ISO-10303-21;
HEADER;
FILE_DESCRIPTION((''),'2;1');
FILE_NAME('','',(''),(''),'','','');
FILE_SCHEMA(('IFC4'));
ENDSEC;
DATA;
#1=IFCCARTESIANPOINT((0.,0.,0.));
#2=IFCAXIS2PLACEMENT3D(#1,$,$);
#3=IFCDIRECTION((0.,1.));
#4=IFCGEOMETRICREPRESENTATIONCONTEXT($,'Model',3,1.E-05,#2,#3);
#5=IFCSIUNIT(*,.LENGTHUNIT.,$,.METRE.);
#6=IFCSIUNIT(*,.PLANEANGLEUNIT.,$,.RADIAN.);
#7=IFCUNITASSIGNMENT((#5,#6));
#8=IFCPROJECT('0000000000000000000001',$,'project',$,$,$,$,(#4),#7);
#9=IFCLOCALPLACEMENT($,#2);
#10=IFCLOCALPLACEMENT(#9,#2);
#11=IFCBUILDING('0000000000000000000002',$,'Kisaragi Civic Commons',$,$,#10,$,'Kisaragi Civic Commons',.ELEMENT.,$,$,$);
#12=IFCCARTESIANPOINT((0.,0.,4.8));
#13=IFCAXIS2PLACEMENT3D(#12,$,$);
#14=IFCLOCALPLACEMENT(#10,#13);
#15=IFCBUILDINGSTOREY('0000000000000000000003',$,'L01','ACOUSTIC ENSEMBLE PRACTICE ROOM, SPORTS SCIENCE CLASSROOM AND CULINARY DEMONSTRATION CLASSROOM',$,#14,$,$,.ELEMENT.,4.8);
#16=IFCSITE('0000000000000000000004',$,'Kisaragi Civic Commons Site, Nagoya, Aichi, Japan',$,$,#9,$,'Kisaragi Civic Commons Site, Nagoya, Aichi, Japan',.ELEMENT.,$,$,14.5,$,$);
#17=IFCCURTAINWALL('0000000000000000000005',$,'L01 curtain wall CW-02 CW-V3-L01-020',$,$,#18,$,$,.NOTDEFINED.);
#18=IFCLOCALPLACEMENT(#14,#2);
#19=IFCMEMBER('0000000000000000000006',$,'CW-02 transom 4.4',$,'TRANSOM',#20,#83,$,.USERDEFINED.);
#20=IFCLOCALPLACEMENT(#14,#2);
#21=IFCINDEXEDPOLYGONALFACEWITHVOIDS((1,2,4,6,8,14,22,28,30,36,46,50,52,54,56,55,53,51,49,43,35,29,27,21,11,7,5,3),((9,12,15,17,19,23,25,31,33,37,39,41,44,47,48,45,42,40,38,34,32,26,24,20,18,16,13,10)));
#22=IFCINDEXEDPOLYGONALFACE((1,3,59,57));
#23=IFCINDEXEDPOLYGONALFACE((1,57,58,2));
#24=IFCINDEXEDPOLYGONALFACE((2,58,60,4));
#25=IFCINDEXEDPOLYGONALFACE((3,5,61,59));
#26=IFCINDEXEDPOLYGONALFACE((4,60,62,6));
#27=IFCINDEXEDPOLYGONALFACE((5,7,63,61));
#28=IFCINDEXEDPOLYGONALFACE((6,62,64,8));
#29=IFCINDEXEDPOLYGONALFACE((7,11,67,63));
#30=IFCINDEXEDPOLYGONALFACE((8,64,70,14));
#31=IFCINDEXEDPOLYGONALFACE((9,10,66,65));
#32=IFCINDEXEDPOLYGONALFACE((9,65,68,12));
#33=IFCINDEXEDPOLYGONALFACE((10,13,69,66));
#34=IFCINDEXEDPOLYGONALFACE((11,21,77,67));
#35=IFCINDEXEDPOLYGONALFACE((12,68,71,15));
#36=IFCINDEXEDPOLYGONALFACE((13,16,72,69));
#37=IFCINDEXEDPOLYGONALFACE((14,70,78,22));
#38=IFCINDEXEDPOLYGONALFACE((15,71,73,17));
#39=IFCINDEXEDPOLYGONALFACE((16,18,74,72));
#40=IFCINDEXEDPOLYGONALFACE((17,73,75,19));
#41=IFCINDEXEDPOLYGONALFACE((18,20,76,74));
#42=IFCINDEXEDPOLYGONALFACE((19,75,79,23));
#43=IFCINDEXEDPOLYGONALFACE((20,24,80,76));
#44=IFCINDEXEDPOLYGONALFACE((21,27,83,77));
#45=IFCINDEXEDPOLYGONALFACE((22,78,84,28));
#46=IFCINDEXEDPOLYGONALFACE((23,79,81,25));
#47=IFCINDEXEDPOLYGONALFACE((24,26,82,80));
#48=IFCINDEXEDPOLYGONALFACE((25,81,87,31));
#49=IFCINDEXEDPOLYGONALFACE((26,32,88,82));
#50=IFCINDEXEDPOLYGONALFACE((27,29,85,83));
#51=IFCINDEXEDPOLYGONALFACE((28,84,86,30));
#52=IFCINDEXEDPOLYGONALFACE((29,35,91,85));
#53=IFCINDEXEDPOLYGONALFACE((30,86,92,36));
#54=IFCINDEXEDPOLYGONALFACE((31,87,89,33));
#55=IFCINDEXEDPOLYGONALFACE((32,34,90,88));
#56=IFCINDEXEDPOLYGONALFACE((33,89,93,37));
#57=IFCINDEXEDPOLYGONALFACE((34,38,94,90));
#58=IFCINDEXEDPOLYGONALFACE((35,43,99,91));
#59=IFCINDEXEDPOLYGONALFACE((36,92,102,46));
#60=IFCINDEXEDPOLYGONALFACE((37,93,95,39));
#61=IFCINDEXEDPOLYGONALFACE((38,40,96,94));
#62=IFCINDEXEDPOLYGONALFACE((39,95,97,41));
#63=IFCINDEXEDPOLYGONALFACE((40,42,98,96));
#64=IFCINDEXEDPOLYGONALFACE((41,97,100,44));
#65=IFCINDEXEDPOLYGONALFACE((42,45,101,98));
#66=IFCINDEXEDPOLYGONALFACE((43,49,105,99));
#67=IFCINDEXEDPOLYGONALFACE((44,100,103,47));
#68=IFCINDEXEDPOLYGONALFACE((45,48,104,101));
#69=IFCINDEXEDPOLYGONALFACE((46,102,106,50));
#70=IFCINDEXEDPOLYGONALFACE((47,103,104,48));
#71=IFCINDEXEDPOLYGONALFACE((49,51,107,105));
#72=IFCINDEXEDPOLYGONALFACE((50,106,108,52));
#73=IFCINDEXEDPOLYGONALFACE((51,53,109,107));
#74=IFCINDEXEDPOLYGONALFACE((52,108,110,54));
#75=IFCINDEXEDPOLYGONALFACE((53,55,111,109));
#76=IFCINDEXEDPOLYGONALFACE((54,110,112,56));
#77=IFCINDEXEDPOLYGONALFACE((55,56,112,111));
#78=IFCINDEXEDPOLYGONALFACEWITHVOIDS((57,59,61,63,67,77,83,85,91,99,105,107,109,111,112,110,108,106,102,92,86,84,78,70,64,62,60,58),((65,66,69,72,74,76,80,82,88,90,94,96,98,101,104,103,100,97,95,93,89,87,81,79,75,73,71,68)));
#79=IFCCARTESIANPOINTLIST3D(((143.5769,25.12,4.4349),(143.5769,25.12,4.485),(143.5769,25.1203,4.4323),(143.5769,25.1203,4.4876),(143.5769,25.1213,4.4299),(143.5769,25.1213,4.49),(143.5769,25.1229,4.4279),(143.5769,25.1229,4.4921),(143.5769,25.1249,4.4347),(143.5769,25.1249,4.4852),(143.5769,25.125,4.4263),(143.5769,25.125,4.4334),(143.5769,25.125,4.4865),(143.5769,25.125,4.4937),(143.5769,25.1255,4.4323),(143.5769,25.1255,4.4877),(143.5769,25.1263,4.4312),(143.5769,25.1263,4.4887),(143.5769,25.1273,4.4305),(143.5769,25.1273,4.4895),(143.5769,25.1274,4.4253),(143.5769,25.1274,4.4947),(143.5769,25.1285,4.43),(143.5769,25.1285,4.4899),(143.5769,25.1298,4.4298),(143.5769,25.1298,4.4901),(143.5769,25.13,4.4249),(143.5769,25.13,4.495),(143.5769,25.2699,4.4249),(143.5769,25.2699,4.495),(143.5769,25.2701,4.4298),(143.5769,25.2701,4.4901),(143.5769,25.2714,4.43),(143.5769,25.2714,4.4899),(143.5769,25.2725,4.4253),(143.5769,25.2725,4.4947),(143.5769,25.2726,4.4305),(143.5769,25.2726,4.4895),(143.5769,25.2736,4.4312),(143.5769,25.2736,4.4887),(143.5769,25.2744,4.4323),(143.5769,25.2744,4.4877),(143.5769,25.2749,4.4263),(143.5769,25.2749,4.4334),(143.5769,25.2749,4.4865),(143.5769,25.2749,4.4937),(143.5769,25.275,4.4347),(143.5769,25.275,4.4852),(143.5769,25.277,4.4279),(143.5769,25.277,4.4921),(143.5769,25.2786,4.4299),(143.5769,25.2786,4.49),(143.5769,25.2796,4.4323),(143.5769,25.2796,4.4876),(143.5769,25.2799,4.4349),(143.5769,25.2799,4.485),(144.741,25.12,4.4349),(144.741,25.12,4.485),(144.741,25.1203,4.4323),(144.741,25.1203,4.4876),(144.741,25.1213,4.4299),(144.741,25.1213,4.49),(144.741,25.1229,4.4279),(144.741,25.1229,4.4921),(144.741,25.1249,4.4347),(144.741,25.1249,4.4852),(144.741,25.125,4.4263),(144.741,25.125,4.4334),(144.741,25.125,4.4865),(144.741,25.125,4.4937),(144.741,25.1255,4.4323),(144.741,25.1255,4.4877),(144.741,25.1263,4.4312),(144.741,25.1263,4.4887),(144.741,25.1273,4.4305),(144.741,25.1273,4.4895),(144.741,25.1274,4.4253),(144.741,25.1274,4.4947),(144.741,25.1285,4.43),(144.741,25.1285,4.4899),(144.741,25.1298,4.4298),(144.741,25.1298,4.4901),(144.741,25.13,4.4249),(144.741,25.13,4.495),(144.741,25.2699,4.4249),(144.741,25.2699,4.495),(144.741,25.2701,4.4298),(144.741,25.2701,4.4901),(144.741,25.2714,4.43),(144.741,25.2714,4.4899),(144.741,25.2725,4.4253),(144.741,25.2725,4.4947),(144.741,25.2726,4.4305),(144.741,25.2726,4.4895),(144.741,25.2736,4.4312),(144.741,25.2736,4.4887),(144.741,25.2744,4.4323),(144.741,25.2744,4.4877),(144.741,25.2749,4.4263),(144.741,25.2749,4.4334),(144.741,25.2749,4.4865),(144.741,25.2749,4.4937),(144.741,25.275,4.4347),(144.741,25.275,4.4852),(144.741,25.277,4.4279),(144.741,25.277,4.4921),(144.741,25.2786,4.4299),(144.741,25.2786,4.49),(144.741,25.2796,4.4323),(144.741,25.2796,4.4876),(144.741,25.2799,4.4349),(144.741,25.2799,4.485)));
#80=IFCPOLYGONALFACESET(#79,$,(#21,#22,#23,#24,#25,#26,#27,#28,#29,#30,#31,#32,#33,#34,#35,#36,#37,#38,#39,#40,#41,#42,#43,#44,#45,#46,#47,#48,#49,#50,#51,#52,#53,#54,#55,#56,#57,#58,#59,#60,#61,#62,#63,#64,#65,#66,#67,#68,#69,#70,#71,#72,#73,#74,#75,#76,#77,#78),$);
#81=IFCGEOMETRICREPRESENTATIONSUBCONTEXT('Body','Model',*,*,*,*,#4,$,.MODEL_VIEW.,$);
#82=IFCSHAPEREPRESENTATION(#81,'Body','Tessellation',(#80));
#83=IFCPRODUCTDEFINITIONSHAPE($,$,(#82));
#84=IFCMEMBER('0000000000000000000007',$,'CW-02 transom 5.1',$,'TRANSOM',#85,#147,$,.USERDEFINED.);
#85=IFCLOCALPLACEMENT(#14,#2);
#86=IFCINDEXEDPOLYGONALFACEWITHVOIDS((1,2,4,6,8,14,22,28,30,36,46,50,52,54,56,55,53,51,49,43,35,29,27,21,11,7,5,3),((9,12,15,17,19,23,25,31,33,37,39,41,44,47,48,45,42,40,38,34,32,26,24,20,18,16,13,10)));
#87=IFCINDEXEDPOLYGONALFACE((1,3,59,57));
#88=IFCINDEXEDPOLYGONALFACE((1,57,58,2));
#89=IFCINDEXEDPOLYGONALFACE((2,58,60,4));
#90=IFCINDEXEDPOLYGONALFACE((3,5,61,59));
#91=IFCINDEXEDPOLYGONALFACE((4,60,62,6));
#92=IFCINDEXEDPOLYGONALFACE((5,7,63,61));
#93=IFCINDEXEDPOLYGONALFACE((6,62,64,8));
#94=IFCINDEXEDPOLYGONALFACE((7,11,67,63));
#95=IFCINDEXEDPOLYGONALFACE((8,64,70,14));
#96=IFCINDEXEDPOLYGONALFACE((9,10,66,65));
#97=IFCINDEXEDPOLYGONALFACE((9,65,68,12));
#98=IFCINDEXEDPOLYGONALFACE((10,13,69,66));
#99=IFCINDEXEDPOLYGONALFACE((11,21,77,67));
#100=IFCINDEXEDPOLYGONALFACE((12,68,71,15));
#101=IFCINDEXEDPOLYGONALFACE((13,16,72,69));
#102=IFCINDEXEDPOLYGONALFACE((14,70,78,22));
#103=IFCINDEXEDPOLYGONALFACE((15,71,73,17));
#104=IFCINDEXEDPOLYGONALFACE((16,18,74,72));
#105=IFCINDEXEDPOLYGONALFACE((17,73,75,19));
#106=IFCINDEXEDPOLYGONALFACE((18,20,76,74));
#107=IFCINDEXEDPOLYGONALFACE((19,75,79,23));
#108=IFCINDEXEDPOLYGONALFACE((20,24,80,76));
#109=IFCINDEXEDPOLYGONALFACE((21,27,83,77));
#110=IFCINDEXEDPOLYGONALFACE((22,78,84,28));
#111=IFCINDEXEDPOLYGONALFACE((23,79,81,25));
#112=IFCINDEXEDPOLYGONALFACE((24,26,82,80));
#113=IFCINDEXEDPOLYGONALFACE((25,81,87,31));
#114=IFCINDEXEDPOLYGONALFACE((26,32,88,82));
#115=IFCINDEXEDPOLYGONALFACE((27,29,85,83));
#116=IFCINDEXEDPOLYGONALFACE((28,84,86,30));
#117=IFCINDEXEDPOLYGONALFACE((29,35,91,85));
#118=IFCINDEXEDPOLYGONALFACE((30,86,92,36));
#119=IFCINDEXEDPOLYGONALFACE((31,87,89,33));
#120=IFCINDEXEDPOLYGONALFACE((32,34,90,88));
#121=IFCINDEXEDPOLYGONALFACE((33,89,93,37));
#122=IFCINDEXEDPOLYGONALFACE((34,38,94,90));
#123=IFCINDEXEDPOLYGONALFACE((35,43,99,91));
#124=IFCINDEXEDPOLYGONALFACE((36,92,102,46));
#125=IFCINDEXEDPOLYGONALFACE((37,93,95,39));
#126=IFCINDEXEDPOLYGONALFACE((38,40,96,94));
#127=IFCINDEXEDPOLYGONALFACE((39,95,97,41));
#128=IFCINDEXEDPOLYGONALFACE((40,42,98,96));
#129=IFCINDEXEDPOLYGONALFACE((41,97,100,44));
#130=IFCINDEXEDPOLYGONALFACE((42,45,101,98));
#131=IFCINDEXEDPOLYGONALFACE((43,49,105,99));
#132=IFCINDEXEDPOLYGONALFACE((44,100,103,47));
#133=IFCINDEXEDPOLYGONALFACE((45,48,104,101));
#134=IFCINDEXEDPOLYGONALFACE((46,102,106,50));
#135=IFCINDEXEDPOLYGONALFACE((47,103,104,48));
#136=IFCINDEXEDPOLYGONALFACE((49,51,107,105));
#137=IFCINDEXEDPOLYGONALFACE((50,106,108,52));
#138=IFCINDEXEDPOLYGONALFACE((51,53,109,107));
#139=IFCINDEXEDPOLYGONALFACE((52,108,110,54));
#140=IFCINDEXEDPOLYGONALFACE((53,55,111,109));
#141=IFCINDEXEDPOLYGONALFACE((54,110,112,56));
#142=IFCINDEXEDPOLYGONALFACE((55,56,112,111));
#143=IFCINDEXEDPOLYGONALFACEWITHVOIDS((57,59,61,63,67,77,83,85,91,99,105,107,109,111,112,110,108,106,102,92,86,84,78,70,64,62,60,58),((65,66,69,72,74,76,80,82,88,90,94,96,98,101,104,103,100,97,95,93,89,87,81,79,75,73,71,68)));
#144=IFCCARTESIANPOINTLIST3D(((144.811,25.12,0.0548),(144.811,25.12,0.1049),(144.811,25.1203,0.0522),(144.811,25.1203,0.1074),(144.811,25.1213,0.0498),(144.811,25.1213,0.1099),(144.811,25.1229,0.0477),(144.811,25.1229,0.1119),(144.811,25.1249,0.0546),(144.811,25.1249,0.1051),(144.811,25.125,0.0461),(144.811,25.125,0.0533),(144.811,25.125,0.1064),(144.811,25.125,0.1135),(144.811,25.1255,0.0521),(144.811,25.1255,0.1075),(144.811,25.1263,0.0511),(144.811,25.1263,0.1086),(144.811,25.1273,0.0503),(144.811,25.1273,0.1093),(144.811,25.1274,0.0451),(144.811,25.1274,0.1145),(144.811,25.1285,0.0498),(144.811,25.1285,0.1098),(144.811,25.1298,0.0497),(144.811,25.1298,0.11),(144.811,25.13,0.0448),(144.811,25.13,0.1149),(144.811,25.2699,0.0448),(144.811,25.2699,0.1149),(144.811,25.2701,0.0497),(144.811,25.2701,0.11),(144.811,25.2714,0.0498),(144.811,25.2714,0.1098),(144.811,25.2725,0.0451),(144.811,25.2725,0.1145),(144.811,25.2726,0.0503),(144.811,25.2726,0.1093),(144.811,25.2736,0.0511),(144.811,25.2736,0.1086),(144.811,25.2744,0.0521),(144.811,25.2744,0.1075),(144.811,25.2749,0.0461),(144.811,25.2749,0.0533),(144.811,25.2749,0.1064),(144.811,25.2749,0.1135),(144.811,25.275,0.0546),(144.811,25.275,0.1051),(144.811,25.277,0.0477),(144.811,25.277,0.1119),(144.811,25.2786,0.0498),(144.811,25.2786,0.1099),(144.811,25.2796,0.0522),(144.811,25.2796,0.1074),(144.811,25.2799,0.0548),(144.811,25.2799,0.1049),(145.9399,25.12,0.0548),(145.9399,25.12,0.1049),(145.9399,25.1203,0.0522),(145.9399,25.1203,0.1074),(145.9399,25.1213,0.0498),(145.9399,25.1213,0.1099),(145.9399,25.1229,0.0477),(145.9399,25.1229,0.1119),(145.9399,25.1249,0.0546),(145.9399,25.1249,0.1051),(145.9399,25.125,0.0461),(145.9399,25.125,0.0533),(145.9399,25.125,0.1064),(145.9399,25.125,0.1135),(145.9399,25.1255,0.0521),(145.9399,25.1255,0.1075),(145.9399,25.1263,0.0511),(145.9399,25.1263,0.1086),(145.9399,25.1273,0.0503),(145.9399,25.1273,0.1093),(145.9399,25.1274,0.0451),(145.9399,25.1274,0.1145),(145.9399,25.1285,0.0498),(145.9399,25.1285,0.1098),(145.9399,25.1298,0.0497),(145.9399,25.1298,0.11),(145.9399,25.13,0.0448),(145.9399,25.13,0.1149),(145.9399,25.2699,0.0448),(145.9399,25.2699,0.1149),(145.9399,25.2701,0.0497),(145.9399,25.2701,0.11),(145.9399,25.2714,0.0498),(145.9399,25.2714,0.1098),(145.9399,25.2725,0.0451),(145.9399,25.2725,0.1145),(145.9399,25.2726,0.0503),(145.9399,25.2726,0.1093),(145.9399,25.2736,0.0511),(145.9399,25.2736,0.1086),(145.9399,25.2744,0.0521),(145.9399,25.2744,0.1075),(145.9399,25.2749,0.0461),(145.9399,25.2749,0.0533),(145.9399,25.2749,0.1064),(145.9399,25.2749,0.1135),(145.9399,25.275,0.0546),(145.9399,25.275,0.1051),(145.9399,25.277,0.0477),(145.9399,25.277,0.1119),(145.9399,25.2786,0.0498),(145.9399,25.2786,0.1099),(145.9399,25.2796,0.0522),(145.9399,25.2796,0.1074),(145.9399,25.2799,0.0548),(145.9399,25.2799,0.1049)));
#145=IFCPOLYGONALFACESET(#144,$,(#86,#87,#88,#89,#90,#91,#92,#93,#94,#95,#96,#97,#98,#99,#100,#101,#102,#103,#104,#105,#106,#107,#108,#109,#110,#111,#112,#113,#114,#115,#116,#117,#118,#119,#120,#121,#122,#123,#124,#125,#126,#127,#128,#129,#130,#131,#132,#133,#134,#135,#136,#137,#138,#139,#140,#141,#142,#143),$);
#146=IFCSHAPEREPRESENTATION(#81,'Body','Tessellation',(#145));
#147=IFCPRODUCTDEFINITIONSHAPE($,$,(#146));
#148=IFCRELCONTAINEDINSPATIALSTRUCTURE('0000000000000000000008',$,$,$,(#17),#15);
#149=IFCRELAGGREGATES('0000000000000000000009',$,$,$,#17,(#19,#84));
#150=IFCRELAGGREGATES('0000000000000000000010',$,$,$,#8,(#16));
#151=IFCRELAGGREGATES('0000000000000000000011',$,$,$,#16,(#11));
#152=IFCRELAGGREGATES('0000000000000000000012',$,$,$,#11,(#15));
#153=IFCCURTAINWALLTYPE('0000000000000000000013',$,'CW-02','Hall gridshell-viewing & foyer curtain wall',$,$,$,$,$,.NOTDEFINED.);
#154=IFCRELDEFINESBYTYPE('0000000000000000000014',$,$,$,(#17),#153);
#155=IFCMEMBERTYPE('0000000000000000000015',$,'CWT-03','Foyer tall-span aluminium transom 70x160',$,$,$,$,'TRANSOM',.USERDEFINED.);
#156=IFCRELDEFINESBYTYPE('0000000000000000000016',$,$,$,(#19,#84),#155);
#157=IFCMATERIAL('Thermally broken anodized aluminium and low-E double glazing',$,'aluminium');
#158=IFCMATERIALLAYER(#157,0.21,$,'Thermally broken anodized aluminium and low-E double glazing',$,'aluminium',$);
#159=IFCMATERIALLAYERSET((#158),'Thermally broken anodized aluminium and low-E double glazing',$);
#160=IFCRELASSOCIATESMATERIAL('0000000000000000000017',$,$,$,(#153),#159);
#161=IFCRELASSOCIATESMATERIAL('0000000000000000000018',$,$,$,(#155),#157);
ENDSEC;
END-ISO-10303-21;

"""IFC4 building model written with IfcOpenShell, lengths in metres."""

from ifc_helpers import new_model, si_unit, direction, frame, origin, origin_2d, place, context, subcontext, project, spatial, hollow_rectangle, extrude, material, layer, layer_set, material_profile, profile_set, type_object, element, aggregate, save


model = new_model("IFC4")

# Units and contexts
model_context = context("Model", 3, precision=1e-05, world=origin(), true_north=direction((0.0, 1.0)))
body_context = subcontext(model_context, "Body", "Model", "MODEL_VIEW")
ifc_project = project(units=[si_unit("LENGTHUNIT", "METRE"), si_unit("PLANEANGLEUNIT", "RADIAN")], contexts=[model_context])

# Site, building, storey
site_placement = place(None, origin())
site = spatial("IfcSite", under=ifc_project, at=site_placement, Name="Kisaragi Civic Commons Site, Nagoya, Aichi, Japan", LongName="Kisaragi Civic Commons Site, Nagoya, Aichi, Japan", CompositionType="ELEMENT", RefElevation=14.5)
building_placement = place(site_placement, origin())
building = spatial("IfcBuilding", under=site, at=building_placement, Name="Kisaragi Civic Commons", LongName="Kisaragi Civic Commons", CompositionType="ELEMENT")
storey_placement = place(building_placement, frame((0.0, 0.0, 4.8)))
storey = spatial("IfcBuildingStorey", under=building, at=storey_placement, Name="L01", Description="ACOUSTIC ENSEMBLE PRACTICE ROOM, SPORTS SCIENCE CLASSROOM AND CULINARY DEMONSTRATION CLASSROOM", CompositionType="ELEMENT", Elevation=4.8)

# Curtain wall, members
ifc_material = material(Name="Thermally broken anodized aluminium and low-E double glazing", Category="aluminium")
ifc_layer_1 = layer(ifc_material, 0.21, Name="Thermally broken anodized aluminium and low-E double glazing", Category="aluminium")
ifc_layer_set_1 = layer_set([ifc_layer_1], Name="Thermally broken anodized aluminium and low-E double glazing")
curtain_wall_type = type_object("IfcCurtainWallType", Name="CW-02", Description="Hall gridshell-viewing & foyer curtain wall", PredefinedType="NOTDEFINED", material=ifc_layer_set_1)
curtain_wall_placement = place(storey_placement, origin())
curtain_wall = element("IfcCurtainWall", 1, at=curtain_wall_placement, inside=storey, type_object=curtain_wall_type, Name="L01 curtain wall CW-02 CW-V3-L01-020", PredefinedType="NOTDEFINED")
ifc_material_profile_1 = material_profile(ifc_material, hollow_rectangle(XDim=0.1599, YDim=0.0701, WallThickness=0.0049, InnerFilletRadius=0.0049, OuterFilletRadius=0.01, at=origin_2d()), Name="CWT-70x160x5", Category="aluminium")
ifc_profile_set_1 = profile_set([ifc_material_profile_1], Name="Thermally broken anodized aluminium and low-E double glazing")
member_type_1 = type_object("IfcMemberType", Name="CWT-03", Description="Foyer tall-span aluminium transom 70x160", ElementType="TRANSOM", PredefinedType="USERDEFINED", material=ifc_profile_set_1)
member_1_placement = place(storey_placement, frame((143.5769, 25.2, 4.46), z_axis=(1.0, 0.0, 0.0), x_axis=(0.0, 1.0, 0.0)))
member_1 = element("IfcMember", 2, at=member_1_placement, type_object=member_type_1, Name="CW-02 transom 4.4", ObjectType="TRANSOM", PredefinedType="USERDEFINED", context=body_context, shape_type="SweptSolid", body=[
    extrude(hollow_rectangle(XDim=0.1599, YDim=0.0701, WallThickness=0.0049, InnerFilletRadius=0.0049, OuterFilletRadius=0.01, at=origin_2d()), origin(), (0.0, 0.0, 1.0), 1.1641),
])
member_2_placement = place(storey_placement, frame((144.811, 25.2, 0.0798), z_axis=(1.0, 0.0, 0.0), x_axis=(0.0, 1.0, 0.0)))
member_2 = element("IfcMember", 3, at=member_2_placement, type_object=member_type_1, Name="CW-02 transom 5.1", ObjectType="TRANSOM", PredefinedType="USERDEFINED", context=body_context, shape_type="SweptSolid", body=[
    extrude(hollow_rectangle(XDim=0.1599, YDim=0.0701, WallThickness=0.0049, InnerFilletRadius=0.0049, OuterFilletRadius=0.01, at=origin_2d()), origin(), (0.0, 0.0, 1.0), 1.1289),
])
aggregate(curtain_wall, [member_1, member_2])

save(model, "model.ifc")
